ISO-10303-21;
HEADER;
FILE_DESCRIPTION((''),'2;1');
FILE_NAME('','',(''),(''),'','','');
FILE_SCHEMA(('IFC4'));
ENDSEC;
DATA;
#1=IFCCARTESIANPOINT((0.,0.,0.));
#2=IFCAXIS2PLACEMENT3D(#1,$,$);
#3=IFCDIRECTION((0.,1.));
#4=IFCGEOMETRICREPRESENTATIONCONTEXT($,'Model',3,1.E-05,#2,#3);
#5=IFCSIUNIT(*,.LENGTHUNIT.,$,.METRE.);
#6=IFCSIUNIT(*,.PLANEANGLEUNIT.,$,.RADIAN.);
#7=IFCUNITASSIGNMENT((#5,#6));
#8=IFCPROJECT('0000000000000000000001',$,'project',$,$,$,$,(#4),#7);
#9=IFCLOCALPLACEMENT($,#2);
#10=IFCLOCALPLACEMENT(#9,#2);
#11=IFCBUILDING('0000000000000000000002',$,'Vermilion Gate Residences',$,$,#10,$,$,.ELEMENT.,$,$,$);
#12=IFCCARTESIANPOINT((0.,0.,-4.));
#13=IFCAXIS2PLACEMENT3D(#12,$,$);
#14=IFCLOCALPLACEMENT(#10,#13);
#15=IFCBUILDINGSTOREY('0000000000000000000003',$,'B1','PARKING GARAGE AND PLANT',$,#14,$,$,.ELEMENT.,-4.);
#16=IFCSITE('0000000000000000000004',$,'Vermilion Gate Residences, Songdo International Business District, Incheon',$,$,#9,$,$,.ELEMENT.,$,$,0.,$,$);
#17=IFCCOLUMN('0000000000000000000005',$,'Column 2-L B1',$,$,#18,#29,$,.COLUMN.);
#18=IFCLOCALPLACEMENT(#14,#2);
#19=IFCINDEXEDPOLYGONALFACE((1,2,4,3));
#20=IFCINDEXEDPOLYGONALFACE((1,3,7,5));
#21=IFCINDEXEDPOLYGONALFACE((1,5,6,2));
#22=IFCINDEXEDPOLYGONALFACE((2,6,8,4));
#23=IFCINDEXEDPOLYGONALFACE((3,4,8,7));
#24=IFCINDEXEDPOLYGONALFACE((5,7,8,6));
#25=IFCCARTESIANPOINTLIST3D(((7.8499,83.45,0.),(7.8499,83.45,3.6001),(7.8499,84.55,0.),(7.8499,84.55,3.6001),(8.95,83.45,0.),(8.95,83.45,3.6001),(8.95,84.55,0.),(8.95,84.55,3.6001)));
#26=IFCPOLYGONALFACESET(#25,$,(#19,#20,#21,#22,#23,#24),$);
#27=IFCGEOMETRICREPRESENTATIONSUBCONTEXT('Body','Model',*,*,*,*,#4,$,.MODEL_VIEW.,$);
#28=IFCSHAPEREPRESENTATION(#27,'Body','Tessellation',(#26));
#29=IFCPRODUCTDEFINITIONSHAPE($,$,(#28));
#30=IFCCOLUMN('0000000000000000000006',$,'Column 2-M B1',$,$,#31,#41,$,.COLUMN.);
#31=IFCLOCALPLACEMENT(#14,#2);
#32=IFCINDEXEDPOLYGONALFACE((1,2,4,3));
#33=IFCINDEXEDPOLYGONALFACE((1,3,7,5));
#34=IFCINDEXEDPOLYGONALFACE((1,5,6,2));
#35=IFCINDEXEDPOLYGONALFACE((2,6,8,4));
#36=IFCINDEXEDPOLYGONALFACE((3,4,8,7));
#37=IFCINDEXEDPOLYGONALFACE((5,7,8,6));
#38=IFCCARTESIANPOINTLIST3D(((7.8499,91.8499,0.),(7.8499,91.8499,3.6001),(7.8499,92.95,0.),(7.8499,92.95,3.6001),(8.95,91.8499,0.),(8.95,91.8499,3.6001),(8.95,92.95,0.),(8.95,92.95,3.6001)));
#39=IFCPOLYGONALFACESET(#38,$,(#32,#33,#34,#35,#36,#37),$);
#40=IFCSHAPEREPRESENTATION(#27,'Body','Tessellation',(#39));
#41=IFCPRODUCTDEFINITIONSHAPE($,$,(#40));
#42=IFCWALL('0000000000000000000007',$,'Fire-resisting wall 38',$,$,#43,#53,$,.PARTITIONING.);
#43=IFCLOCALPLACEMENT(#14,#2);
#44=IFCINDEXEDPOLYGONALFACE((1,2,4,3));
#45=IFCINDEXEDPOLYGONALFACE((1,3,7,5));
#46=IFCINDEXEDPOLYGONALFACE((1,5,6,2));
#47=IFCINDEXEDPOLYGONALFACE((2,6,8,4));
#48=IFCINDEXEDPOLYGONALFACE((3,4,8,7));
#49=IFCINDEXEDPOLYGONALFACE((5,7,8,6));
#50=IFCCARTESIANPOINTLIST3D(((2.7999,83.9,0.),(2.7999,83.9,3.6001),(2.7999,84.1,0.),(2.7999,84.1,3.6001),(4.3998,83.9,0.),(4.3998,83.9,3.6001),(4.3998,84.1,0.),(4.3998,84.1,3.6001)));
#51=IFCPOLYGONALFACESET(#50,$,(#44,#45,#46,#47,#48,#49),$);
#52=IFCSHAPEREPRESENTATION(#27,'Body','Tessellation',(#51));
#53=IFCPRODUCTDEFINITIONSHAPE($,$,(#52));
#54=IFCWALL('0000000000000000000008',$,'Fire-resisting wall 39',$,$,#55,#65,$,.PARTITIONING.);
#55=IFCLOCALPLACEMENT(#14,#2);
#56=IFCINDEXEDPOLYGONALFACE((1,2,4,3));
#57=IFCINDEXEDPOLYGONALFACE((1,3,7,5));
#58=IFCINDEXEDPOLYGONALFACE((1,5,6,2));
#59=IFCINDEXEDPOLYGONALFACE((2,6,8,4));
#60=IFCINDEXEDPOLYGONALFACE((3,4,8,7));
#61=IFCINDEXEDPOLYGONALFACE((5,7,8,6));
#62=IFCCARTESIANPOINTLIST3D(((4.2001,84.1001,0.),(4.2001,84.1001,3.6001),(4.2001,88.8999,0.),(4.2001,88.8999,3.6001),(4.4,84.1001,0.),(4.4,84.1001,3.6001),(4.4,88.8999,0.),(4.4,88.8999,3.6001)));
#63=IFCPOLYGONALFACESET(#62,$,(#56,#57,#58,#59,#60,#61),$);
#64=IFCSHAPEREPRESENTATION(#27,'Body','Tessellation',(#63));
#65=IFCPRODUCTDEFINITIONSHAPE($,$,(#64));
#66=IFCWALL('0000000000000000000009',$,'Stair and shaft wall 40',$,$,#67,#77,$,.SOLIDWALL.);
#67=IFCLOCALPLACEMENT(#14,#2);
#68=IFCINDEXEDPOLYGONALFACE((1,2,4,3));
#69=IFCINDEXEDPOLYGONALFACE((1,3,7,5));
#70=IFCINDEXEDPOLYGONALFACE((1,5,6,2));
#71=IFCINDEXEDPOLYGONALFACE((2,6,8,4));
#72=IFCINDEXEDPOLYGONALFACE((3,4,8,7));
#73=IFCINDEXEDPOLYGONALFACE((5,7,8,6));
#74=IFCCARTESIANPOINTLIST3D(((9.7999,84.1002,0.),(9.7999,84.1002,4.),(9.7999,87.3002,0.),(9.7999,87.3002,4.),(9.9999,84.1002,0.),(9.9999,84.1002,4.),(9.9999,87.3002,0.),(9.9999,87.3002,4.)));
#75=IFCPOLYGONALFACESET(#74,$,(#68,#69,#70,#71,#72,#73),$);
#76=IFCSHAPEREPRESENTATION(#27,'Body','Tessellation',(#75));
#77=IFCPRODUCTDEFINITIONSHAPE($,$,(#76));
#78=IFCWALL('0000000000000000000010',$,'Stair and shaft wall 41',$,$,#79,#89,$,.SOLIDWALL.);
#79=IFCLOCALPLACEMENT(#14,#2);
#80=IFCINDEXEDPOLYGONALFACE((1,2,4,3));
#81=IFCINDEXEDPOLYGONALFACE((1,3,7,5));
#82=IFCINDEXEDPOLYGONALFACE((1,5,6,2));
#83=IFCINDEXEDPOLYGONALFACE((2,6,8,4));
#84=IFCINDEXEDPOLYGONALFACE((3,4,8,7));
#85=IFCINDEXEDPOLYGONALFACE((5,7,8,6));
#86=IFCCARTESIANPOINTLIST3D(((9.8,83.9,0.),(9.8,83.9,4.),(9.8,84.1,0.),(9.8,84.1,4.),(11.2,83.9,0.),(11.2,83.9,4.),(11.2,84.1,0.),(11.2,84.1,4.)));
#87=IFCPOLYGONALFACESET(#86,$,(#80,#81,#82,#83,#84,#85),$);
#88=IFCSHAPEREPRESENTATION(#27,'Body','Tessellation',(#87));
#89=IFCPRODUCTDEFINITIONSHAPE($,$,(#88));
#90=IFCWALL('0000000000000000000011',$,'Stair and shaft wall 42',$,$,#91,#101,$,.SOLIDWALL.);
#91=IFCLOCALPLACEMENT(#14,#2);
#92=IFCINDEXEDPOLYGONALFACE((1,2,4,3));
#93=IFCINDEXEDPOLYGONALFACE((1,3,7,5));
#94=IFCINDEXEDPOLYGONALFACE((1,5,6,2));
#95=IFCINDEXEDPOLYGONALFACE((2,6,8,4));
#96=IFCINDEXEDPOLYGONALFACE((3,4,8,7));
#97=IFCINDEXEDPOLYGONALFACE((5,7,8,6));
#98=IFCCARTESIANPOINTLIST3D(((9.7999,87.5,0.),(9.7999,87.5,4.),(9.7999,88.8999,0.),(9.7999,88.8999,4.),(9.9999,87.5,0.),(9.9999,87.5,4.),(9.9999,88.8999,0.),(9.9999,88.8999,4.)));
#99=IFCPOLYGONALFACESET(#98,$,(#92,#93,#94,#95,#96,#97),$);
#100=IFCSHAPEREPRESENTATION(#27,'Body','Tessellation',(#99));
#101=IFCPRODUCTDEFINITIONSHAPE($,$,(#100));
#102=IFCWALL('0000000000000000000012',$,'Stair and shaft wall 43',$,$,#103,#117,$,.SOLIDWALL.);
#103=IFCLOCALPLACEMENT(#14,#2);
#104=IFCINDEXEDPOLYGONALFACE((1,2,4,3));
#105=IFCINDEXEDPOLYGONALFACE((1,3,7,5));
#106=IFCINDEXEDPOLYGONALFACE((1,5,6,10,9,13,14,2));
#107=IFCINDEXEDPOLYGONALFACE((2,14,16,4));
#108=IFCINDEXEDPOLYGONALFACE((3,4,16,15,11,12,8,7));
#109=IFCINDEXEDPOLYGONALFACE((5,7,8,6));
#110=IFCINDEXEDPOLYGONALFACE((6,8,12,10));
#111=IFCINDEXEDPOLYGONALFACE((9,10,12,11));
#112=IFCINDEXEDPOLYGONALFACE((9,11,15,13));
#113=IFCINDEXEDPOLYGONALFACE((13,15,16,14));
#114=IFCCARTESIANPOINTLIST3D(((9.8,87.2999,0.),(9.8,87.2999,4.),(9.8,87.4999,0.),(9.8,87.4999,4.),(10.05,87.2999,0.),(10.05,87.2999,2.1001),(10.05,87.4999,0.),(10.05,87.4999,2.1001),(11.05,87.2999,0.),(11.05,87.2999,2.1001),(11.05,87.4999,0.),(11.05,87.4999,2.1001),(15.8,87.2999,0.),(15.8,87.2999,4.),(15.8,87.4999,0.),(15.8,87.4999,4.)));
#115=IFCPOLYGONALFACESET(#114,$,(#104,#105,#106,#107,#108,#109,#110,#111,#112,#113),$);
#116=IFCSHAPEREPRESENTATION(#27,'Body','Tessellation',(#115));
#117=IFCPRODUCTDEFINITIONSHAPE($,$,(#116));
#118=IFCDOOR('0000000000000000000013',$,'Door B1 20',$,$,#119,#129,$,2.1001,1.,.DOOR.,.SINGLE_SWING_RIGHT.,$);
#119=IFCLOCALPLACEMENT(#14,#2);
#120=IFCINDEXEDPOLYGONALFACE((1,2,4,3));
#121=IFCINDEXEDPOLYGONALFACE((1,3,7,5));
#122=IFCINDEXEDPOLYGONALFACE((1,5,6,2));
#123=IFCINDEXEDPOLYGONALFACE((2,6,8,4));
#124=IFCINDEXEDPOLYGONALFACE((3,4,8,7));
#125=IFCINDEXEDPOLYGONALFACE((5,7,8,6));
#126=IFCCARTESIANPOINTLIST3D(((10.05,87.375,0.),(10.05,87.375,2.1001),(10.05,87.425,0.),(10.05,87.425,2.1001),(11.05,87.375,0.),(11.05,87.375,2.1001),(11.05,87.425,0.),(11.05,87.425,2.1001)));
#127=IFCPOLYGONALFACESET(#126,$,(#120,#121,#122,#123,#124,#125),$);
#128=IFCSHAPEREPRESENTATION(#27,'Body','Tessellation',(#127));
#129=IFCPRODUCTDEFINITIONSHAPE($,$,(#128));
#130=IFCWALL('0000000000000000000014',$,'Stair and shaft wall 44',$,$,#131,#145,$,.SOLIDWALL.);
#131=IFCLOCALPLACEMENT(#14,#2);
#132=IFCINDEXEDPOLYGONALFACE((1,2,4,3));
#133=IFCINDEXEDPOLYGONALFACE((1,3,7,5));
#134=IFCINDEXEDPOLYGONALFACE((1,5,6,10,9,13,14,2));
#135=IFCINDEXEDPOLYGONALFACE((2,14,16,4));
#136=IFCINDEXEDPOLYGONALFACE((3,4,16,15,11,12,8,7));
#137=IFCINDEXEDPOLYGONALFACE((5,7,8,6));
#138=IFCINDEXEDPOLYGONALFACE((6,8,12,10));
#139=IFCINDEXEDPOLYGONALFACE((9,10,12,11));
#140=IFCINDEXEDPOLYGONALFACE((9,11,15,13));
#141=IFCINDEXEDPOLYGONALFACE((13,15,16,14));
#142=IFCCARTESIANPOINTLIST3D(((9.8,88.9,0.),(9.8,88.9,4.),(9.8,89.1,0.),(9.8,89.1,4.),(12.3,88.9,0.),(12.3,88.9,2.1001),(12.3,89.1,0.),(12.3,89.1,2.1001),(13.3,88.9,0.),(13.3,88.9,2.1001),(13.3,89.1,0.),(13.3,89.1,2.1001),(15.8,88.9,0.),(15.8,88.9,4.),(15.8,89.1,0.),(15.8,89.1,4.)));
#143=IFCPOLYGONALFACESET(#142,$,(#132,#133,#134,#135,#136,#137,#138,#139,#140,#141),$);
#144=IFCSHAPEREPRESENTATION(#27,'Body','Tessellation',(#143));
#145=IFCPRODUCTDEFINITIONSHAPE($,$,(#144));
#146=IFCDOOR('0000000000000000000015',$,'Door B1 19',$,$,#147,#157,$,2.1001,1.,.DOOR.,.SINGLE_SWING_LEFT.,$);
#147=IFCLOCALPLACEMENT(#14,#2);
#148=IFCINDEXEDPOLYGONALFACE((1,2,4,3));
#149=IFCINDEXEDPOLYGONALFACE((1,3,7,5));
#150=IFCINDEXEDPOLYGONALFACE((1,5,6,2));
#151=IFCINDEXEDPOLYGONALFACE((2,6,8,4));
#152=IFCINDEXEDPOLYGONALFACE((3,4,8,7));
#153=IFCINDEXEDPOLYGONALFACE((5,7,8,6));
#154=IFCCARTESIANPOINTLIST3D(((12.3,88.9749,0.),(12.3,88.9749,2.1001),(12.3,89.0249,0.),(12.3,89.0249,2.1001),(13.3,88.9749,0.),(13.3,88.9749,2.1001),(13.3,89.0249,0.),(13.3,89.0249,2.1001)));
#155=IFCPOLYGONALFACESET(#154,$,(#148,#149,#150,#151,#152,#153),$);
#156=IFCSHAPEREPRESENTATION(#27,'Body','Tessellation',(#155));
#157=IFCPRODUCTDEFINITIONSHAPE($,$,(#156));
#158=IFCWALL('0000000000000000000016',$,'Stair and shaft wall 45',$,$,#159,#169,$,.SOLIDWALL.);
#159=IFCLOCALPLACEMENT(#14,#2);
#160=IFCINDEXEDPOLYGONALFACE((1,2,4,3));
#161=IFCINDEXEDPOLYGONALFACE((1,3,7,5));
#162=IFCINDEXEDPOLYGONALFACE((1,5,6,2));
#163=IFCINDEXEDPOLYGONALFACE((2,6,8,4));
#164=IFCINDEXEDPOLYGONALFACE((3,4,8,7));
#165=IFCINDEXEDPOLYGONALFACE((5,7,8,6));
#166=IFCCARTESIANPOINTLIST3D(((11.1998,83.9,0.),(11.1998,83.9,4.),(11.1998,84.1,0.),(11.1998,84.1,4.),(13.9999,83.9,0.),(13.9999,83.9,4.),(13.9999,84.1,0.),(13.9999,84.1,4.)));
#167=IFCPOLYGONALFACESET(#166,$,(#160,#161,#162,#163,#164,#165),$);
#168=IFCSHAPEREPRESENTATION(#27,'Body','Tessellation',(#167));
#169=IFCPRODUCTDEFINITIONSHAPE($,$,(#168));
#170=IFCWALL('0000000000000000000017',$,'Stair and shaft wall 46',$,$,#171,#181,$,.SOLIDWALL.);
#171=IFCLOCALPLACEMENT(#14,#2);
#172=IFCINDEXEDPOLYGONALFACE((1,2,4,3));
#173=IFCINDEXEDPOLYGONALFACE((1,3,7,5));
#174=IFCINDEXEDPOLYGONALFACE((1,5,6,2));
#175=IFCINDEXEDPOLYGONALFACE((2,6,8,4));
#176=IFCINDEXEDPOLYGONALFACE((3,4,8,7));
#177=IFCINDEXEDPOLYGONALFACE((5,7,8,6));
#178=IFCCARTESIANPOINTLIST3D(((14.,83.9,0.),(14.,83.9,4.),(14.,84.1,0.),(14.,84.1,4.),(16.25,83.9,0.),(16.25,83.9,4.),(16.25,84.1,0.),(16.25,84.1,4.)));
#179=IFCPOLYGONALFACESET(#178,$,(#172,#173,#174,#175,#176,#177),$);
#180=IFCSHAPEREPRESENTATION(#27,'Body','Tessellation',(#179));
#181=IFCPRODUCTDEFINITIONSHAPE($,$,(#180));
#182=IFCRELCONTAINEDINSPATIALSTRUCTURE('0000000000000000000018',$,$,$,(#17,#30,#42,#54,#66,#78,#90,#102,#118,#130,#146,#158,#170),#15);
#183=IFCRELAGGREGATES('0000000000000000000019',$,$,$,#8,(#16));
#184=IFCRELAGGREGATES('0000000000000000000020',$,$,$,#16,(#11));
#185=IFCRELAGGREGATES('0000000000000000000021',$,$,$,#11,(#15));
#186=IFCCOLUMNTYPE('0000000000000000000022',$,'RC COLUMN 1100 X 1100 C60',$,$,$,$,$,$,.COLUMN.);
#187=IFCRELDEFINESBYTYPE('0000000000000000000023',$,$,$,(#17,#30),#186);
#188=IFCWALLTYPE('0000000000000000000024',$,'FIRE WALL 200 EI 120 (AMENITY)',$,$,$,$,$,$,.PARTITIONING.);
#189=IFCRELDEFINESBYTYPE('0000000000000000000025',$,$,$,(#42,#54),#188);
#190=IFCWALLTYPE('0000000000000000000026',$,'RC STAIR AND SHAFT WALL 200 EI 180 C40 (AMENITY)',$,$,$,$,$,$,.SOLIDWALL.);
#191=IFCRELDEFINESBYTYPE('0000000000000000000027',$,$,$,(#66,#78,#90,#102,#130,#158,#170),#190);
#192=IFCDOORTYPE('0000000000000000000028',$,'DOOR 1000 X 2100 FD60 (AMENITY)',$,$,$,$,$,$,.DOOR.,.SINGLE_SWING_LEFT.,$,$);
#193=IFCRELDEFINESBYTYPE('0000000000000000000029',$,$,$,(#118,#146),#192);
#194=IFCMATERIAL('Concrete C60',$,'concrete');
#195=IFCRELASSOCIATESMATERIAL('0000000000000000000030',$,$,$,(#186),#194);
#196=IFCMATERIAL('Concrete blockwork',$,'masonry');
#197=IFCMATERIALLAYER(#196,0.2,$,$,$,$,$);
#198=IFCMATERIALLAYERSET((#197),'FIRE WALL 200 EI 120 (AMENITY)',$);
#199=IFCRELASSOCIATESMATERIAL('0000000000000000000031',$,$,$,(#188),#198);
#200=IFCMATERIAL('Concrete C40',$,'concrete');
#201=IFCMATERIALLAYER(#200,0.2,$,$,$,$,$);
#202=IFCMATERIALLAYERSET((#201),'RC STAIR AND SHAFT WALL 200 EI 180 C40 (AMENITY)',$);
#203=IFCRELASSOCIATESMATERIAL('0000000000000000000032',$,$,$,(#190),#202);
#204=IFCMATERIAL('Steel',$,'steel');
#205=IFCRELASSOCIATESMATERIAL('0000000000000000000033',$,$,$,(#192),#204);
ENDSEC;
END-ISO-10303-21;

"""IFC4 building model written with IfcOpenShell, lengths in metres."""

from ifc_helpers import new_model, si_unit, direction, frame, frame_2d, origin, origin_2d, place, context, subcontext, project, spatial, rectangle, extrude, material, layer, layer_set, material_profile, profile_set, type_object, element, fill, save


model = new_model("IFC4")

# Units and contexts
model_context = context("Model", 3, precision=1e-05, world=origin(), true_north=direction((0.0, 1.0)))
body_context = subcontext(model_context, "Body", "Model", "MODEL_VIEW")
ifc_project = project(units=[si_unit("LENGTHUNIT", "METRE"), si_unit("PLANEANGLEUNIT", "RADIAN")], contexts=[model_context])

# Site, building, storey
site_placement = place(None, origin())
site = spatial("IfcSite", under=ifc_project, at=site_placement, Name="Vermilion Gate Residences, Songdo International Business District, Incheon", CompositionType="ELEMENT", RefElevation=0.0)
building_placement = place(site_placement, origin())
building = spatial("IfcBuilding", under=site, at=building_placement, Name="Vermilion Gate Residences", CompositionType="ELEMENT")
storey_placement = place(building_placement, frame((0.0, 0.0, -4.0)))
storey = spatial("IfcBuildingStorey", under=building, at=storey_placement, Name="B1", Description="PARKING GARAGE AND PLANT", CompositionType="ELEMENT", Elevation=-4.0)

# Columns
ifc_material_1 = material(Name="Concrete C60", Category="concrete")
ifc_material_profile = material_profile(ifc_material_1, rectangle(XDim=1.1001, YDim=1.1001, at=origin_2d()), Name="RC-1100x1100")
ifc_profile_set = profile_set([ifc_material_profile], Name="Concrete C60")
column_type = type_object("IfcColumnType", Name="RC COLUMN 1100 X 1100 C60", PredefinedType="COLUMN", material=ifc_profile_set)
for number, where, z_axis, x_axis, name in (
    (1, (8.3999, 84.0, 0.0), (0.0, 0.0, 1.0), (1.0, 0.0, 0.0), "Column 2-L B1"),
    (2, (8.3999, 92.3999, 0.0), (0.0, 0.0, 1.0), (1.0, 0.0, 0.0), "Column 2-M B1"),
):
    element("IfcColumn", number, at=place(storey_placement, frame(where, z_axis=z_axis, x_axis=x_axis)), inside=storey, type_object=column_type, Name=name, PredefinedType="COLUMN", context=body_context, shape_type="SweptSolid", body=[
        extrude(rectangle(XDim=1.1001, YDim=1.1001, at=origin_2d()), origin(), (0.0, 0.0, 1.0), 3.6001),
    ])

# Walls
ifc_material_2 = material(Name="Concrete blockwork", Category="masonry")
ifc_layer_1 = layer(ifc_material_2, 0.2)
ifc_layer_set_1 = layer_set([ifc_layer_1], Name="FIRE WALL 200 EI 120 (AMENITY)")
wall_type_1 = type_object("IfcWallType", Name="FIRE WALL 200 EI 120 (AMENITY)", PredefinedType="PARTITIONING", material=ifc_layer_set_1)
wall_1_placement = place(storey_placement, frame((2.8, 84.0, 0.0), z_axis=(0.0, 0.0, 1.0), x_axis=(1.0, 0.0, 0.0)))
element("IfcWall", 3, at=wall_1_placement, inside=storey, type_object=wall_type_1, Name="Fire-resisting wall 38", PredefinedType="PARTITIONING", context=body_context, shape_type="SweptSolid", body=[
    extrude(rectangle(XDim=1.5999, YDim=0.2, at=frame_2d((0.7998, 0.0))), origin(), (0.0, 0.0, 1.0), 3.6001),
])
wall_2_placement = place(storey_placement, frame((4.3, 84.1001, 0.0), z_axis=(0.0, 0.0, 1.0), x_axis=(0.0, 1.0, 0.0)))
element("IfcWall", 4, at=wall_2_placement, inside=storey, type_object=wall_type_1, Name="Fire-resisting wall 39", PredefinedType="PARTITIONING", context=body_context, shape_type="SweptSolid", body=[
    extrude(rectangle(XDim=4.7998, YDim=0.2, at=frame_2d((2.3999, 0.0))), origin(), (0.0, 0.0, 1.0), 3.6001),
])
ifc_material_3 = material(Name="Concrete C40", Category="concrete")
ifc_layer_2 = layer(ifc_material_3, 0.2)
ifc_layer_set_2 = layer_set([ifc_layer_2], Name="RC STAIR AND SHAFT WALL 200 EI 180 C40 (AMENITY)")
wall_type_2 = type_object("IfcWallType", Name="RC STAIR AND SHAFT WALL 200 EI 180 C40 (AMENITY)", PredefinedType="SOLIDWALL", material=ifc_layer_set_2)
wall_3_placement = place(storey_placement, frame((9.8999, 84.1001, 0.0), z_axis=(0.0, 0.0, 1.0), x_axis=(0.0, 1.0, 0.0)))
element("IfcWall", 5, at=wall_3_placement, inside=storey, type_object=wall_type_2, Name="Stair and shaft wall 40", PredefinedType="SOLIDWALL", context=body_context, shape_type="SweptSolid", body=[
    extrude(rectangle(XDim=3.2, YDim=0.2, at=frame_2d((1.6001, 0.0))), origin(), (0.0, 0.0, 1.0), 4.0),
])
for number, where, z_axis, x_axis, name in (
    (6, (9.8, 84.0, 0.0), (0.0, 0.0, 1.0), (1.0, 0.0, 0.0), "Stair and shaft wall 41"),
    (7, (9.8999, 87.5, 0.0), (0.0, 0.0, 1.0), (0.0, 1.0, 0.0), "Stair and shaft wall 42"),
):
    element("IfcWall", number, at=place(storey_placement, frame(where, z_axis=z_axis, x_axis=x_axis)), inside=storey, type_object=wall_type_2, Name=name, PredefinedType="SOLIDWALL", context=body_context, shape_type="SweptSolid", body=[
        extrude(rectangle(XDim=1.3999, YDim=0.2, at=frame_2d((0.7, 0.0))), origin(), (0.0, 0.0, 1.0), 4.0),
    ])

# Walls, openings, doors
wall_4_placement = place(storey_placement, frame((9.8, 87.3999, 0.0), z_axis=(0.0, 0.0, 1.0), x_axis=(1.0, 0.0, 0.0)))
wall_4 = element("IfcWall", 8, at=wall_4_placement, inside=storey, type_object=wall_type_2, Name="Stair and shaft wall 43", PredefinedType="SOLIDWALL", context=body_context, shape_type="SweptSolid", body=[
    extrude(rectangle(XDim=6.0, YDim=0.2, at=frame_2d((3.0, 0.0))), origin(), (0.0, 0.0, 1.0), 4.0),
])
opening_1_placement = place(wall_4_placement, frame((0.25, 0.0, 0.0)))
opening_1 = element("IfcOpeningElement", 9, at=opening_1_placement, cuts=wall_4, PredefinedType="OPENING", context=body_context, shape_type="SweptSolid", body=[
    extrude(rectangle(XDim=1.0, YDim=2.1001, at=frame_2d((0.5, 1.05))), frame((0.0, 0.1099, 0.0), z_axis=(0.0, -1.0, 0.0), x_axis=(1.0, 0.0, 0.0)), (0.0, 0.0, 1.0), 0.22),
])
ifc_material_4 = material(Name="Steel", Category="steel")
door_type = type_object("IfcDoorType", Name="DOOR 1000 X 2100 FD60 (AMENITY)", OperationType="SINGLE_SWING_LEFT", PredefinedType="DOOR", material=ifc_material_4)
door_1_placement = place(opening_1_placement, frame((1.0, 0.0, 0.0), z_axis=(0.0, 0.0, 1.0), x_axis=(-1.0, 0.0, 0.0)))
door_1 = element("IfcDoor", 10, at=door_1_placement, inside=storey, type_object=door_type, Name="Door B1 20", OperationType="SINGLE_SWING_RIGHT", OverallHeight=2.1001, OverallWidth=1.0, PredefinedType="DOOR", context=body_context, shape_type="SweptSolid", body=[
    extrude(rectangle(XDim=1.0, YDim=2.1001, at=frame_2d((0.5, 1.05))), frame((0.0, 0.0249, 0.0), z_axis=(0.0, -1.0, 0.0), x_axis=(1.0, 0.0, 0.0)), (0.0, 0.0, 1.0), 0.05),
])
fill(opening_1, door_1)
wall_5_placement = place(storey_placement, frame((9.8, 89.0, 0.0), z_axis=(0.0, 0.0, 1.0), x_axis=(1.0, 0.0, 0.0)))
wall_5 = element("IfcWall", 11, at=wall_5_placement, inside=storey, type_object=wall_type_2, Name="Stair and shaft wall 44", PredefinedType="SOLIDWALL", context=body_context, shape_type="SweptSolid", body=[
    extrude(rectangle(XDim=6.0, YDim=0.2, at=frame_2d((3.0, 0.0))), origin(), (0.0, 0.0, 1.0), 4.0),
])
opening_2_placement = place(wall_5_placement, frame((2.5, 0.0, 0.0)))
opening_2 = element("IfcOpeningElement", 12, at=opening_2_placement, cuts=wall_5, PredefinedType="OPENING", context=body_context, shape_type="SweptSolid", body=[
    extrude(rectangle(XDim=1.0, YDim=2.1001, at=frame_2d((0.5, 1.05))), frame((0.0, 0.1099, 0.0), z_axis=(0.0, -1.0, 0.0), x_axis=(1.0, 0.0, 0.0)), (0.0, 0.0, 1.0), 0.22),
])
door_2_placement = place(opening_2_placement, origin())
door_2 = element("IfcDoor", 13, at=door_2_placement, inside=storey, type_object=door_type, Name="Door B1 19", OperationType="SINGLE_SWING_LEFT", OverallHeight=2.1001, OverallWidth=1.0, PredefinedType="DOOR", context=body_context, shape_type="SweptSolid", body=[
    extrude(rectangle(XDim=1.0, YDim=2.1001, at=frame_2d((0.5, 1.05))), frame((0.0, 0.0249, 0.0), z_axis=(0.0, -1.0, 0.0), x_axis=(1.0, 0.0, 0.0)), (0.0, 0.0, 1.0), 0.05),
])
fill(opening_2, door_2)

# Walls
wall_6_placement = place(storey_placement, frame((11.2, 84.0, 0.0), z_axis=(0.0, 0.0, 1.0), x_axis=(1.0, 0.0, 0.0)))
element("IfcWall", 14, at=wall_6_placement, inside=storey, type_object=wall_type_2, Name="Stair and shaft wall 45", PredefinedType="SOLIDWALL", context=body_context, shape_type="SweptSolid", body=[
    extrude(rectangle(XDim=2.8, YDim=0.2, at=frame_2d((1.3999, 0.0))), origin(), (0.0, 0.0, 1.0), 4.0),
])
wall_7_placement = place(storey_placement, frame((14.0, 84.0, 0.0), z_axis=(0.0, 0.0, 1.0), x_axis=(1.0, 0.0, 0.0)))
element("IfcWall", 15, at=wall_7_placement, inside=storey, type_object=wall_type_2, Name="Stair and shaft wall 46", PredefinedType="SOLIDWALL", context=body_context, shape_type="SweptSolid", body=[
    extrude(rectangle(XDim=2.25, YDim=0.2, at=frame_2d((1.125, 0.0))), origin(), (0.0, 0.0, 1.0), 4.0),
])

save(model, "model.ifc")
